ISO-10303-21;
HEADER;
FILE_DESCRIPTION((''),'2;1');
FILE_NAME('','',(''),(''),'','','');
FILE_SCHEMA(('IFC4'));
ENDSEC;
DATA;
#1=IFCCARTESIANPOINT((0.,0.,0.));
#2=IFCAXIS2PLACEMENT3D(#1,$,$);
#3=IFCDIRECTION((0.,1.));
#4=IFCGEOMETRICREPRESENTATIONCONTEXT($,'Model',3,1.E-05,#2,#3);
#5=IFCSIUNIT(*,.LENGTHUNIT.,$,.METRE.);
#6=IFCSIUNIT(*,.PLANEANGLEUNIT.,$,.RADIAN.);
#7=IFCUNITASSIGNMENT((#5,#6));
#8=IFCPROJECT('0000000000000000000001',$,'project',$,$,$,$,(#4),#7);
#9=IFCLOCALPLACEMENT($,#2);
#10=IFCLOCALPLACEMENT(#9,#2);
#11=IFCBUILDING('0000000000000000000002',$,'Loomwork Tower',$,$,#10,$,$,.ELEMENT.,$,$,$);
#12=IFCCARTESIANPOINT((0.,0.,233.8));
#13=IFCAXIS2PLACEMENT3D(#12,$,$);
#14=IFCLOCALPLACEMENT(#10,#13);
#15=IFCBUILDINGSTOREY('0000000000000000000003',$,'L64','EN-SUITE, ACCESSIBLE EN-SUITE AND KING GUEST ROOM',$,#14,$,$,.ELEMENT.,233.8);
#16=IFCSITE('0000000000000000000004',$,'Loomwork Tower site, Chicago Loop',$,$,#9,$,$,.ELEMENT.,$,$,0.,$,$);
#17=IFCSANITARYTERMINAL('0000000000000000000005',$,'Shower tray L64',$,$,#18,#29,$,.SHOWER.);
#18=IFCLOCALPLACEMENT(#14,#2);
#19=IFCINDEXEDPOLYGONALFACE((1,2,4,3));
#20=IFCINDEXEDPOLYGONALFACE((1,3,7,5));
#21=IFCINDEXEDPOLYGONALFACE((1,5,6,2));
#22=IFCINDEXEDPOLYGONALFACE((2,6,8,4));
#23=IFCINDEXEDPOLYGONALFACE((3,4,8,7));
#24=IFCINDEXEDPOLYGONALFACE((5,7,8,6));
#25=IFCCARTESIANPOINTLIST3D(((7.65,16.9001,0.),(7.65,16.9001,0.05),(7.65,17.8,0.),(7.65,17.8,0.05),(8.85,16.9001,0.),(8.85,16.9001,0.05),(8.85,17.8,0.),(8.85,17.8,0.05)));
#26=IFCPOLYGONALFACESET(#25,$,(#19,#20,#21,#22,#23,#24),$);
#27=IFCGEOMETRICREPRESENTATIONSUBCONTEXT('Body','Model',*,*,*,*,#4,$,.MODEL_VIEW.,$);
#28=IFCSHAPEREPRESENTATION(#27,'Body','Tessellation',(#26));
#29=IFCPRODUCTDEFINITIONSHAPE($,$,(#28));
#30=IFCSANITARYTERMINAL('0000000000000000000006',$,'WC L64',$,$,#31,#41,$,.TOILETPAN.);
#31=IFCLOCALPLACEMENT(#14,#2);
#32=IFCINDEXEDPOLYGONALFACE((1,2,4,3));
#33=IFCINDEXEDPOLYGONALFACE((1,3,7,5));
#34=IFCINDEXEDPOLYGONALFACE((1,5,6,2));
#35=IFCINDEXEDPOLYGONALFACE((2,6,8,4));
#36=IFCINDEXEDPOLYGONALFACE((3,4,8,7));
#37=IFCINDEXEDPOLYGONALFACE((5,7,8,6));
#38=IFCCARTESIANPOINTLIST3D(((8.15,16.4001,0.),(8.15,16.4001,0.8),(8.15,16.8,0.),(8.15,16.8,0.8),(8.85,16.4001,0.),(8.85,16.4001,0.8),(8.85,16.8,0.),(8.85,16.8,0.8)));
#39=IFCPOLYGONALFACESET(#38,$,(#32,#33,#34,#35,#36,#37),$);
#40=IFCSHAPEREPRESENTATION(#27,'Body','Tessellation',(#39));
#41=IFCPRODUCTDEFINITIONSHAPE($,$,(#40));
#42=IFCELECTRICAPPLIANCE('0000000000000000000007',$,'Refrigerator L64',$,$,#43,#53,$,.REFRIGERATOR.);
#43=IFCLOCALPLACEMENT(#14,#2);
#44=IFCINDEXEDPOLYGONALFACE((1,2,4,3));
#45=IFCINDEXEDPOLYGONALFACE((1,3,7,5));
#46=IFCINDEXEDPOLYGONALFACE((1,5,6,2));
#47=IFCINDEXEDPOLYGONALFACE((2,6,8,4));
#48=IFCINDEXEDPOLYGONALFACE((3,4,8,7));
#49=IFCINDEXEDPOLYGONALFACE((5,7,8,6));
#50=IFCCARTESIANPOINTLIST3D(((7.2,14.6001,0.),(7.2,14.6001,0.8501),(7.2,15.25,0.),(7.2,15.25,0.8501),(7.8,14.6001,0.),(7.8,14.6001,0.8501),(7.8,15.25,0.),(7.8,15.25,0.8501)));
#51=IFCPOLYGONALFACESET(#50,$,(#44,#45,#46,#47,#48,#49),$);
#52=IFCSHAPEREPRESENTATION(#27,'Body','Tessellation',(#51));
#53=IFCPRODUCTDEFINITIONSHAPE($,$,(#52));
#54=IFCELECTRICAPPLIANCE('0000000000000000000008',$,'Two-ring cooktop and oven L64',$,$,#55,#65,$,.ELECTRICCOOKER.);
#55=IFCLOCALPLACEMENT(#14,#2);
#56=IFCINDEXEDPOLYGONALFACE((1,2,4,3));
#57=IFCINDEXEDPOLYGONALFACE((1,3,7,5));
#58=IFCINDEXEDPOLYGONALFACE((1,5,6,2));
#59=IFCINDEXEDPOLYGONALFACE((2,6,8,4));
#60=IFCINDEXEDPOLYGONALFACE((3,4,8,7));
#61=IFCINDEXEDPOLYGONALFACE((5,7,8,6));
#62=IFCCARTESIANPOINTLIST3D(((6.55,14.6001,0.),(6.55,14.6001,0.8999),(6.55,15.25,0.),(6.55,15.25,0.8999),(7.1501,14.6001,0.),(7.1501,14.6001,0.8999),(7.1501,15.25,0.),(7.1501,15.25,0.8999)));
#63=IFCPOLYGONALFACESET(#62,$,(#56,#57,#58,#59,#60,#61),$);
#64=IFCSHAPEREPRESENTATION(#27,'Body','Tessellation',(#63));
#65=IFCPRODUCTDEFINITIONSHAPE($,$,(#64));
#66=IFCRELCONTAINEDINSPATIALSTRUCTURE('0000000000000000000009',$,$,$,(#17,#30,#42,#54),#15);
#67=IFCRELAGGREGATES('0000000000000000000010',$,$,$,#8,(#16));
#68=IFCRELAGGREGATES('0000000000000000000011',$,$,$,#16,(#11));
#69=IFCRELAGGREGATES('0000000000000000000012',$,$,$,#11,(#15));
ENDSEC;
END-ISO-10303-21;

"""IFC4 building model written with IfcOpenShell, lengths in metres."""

from ifc_helpers import new_model, si_unit, direction, frame, origin, origin_2d, place, context, subcontext, project, spatial, rectangle, extrude, element, save


model = new_model("IFC4")

# Units and contexts
model_context = context("Model", 3, precision=1e-05, world=origin(), true_north=direction((0.0, 1.0)))
body_context = subcontext(model_context, "Body", "Model", "MODEL_VIEW")
ifc_project = project(units=[si_unit("LENGTHUNIT", "METRE"), si_unit("PLANEANGLEUNIT", "RADIAN")], contexts=[model_context])

# Site, building, storey
site_placement = place(None, origin())
site = spatial("IfcSite", under=ifc_project, at=site_placement, Name="Loomwork Tower site, Chicago Loop", CompositionType="ELEMENT", RefElevation=0.0)
building_placement = place(site_placement, origin())
building = spatial("IfcBuilding", under=site, at=building_placement, Name="Loomwork Tower", CompositionType="ELEMENT")
storey_placement = place(building_placement, frame((0.0, 0.0, 233.8)))
storey = spatial("IfcBuildingStorey", under=building, at=storey_placement, Name="L64", Description="EN-SUITE, ACCESSIBLE EN-SUITE AND KING GUEST ROOM", CompositionType="ELEMENT", Elevation=233.8)

# Sanitary terminals
sanitary_terminal_1_placement = place(storey_placement, frame((8.25, 17.3501, 0.0), z_axis=(0.0, 0.0, 1.0), x_axis=(1.0, 0.0, 0.0)))
element("IfcSanitaryTerminal", 1, at=sanitary_terminal_1_placement, inside=storey, Name="Shower tray L64", PredefinedType="SHOWER", context=body_context, shape_type="SweptSolid", body=[
    extrude(rectangle(XDim=1.2, YDim=0.8999, at=origin_2d()), origin(), (0.0, 0.0, 1.0), 0.05),
])
sanitary_terminal_2_placement = place(storey_placement, frame((8.5, 16.6001, 0.0), z_axis=(0.0, 0.0, 1.0), x_axis=(1.0, 0.0, 0.0)))
element("IfcSanitaryTerminal", 2, at=sanitary_terminal_2_placement, inside=storey, Name="WC L64", PredefinedType="TOILETPAN", context=body_context, shape_type="SweptSolid", body=[
    extrude(rectangle(XDim=0.7, YDim=0.3999, at=origin_2d()), origin(), (0.0, 0.0, 1.0), 0.8),
])

# Electric appliances
electric_appliance_1_placement = place(storey_placement, frame((7.5, 14.925, 0.0), z_axis=(0.0, 0.0, 1.0), x_axis=(1.0, 0.0, 0.0)))
element("IfcElectricAppliance", 3, at=electric_appliance_1_placement, inside=storey, Name="Refrigerator L64", PredefinedType="REFRIGERATOR", context=body_context, shape_type="SweptSolid", body=[
    extrude(rectangle(XDim=0.6001, YDim=0.6499, at=origin_2d()), origin(), (0.0, 0.0, 1.0), 0.8501),
])
electric_appliance_2_placement = place(storey_placement, frame((6.8501, 14.925, 0.0), z_axis=(0.0, 0.0, 1.0), x_axis=(1.0, 0.0, 0.0)))
element("IfcElectricAppliance", 4, at=electric_appliance_2_placement, inside=storey, Name="Two-ring cooktop and oven L64", PredefinedType="ELECTRICCOOKER", context=body_context, shape_type="SweptSolid", body=[
    extrude(rectangle(XDim=0.6001, YDim=0.6499, at=origin_2d()), origin(), (0.0, 0.0, 1.0), 0.8999),
])

save(model, "model.ifc")
